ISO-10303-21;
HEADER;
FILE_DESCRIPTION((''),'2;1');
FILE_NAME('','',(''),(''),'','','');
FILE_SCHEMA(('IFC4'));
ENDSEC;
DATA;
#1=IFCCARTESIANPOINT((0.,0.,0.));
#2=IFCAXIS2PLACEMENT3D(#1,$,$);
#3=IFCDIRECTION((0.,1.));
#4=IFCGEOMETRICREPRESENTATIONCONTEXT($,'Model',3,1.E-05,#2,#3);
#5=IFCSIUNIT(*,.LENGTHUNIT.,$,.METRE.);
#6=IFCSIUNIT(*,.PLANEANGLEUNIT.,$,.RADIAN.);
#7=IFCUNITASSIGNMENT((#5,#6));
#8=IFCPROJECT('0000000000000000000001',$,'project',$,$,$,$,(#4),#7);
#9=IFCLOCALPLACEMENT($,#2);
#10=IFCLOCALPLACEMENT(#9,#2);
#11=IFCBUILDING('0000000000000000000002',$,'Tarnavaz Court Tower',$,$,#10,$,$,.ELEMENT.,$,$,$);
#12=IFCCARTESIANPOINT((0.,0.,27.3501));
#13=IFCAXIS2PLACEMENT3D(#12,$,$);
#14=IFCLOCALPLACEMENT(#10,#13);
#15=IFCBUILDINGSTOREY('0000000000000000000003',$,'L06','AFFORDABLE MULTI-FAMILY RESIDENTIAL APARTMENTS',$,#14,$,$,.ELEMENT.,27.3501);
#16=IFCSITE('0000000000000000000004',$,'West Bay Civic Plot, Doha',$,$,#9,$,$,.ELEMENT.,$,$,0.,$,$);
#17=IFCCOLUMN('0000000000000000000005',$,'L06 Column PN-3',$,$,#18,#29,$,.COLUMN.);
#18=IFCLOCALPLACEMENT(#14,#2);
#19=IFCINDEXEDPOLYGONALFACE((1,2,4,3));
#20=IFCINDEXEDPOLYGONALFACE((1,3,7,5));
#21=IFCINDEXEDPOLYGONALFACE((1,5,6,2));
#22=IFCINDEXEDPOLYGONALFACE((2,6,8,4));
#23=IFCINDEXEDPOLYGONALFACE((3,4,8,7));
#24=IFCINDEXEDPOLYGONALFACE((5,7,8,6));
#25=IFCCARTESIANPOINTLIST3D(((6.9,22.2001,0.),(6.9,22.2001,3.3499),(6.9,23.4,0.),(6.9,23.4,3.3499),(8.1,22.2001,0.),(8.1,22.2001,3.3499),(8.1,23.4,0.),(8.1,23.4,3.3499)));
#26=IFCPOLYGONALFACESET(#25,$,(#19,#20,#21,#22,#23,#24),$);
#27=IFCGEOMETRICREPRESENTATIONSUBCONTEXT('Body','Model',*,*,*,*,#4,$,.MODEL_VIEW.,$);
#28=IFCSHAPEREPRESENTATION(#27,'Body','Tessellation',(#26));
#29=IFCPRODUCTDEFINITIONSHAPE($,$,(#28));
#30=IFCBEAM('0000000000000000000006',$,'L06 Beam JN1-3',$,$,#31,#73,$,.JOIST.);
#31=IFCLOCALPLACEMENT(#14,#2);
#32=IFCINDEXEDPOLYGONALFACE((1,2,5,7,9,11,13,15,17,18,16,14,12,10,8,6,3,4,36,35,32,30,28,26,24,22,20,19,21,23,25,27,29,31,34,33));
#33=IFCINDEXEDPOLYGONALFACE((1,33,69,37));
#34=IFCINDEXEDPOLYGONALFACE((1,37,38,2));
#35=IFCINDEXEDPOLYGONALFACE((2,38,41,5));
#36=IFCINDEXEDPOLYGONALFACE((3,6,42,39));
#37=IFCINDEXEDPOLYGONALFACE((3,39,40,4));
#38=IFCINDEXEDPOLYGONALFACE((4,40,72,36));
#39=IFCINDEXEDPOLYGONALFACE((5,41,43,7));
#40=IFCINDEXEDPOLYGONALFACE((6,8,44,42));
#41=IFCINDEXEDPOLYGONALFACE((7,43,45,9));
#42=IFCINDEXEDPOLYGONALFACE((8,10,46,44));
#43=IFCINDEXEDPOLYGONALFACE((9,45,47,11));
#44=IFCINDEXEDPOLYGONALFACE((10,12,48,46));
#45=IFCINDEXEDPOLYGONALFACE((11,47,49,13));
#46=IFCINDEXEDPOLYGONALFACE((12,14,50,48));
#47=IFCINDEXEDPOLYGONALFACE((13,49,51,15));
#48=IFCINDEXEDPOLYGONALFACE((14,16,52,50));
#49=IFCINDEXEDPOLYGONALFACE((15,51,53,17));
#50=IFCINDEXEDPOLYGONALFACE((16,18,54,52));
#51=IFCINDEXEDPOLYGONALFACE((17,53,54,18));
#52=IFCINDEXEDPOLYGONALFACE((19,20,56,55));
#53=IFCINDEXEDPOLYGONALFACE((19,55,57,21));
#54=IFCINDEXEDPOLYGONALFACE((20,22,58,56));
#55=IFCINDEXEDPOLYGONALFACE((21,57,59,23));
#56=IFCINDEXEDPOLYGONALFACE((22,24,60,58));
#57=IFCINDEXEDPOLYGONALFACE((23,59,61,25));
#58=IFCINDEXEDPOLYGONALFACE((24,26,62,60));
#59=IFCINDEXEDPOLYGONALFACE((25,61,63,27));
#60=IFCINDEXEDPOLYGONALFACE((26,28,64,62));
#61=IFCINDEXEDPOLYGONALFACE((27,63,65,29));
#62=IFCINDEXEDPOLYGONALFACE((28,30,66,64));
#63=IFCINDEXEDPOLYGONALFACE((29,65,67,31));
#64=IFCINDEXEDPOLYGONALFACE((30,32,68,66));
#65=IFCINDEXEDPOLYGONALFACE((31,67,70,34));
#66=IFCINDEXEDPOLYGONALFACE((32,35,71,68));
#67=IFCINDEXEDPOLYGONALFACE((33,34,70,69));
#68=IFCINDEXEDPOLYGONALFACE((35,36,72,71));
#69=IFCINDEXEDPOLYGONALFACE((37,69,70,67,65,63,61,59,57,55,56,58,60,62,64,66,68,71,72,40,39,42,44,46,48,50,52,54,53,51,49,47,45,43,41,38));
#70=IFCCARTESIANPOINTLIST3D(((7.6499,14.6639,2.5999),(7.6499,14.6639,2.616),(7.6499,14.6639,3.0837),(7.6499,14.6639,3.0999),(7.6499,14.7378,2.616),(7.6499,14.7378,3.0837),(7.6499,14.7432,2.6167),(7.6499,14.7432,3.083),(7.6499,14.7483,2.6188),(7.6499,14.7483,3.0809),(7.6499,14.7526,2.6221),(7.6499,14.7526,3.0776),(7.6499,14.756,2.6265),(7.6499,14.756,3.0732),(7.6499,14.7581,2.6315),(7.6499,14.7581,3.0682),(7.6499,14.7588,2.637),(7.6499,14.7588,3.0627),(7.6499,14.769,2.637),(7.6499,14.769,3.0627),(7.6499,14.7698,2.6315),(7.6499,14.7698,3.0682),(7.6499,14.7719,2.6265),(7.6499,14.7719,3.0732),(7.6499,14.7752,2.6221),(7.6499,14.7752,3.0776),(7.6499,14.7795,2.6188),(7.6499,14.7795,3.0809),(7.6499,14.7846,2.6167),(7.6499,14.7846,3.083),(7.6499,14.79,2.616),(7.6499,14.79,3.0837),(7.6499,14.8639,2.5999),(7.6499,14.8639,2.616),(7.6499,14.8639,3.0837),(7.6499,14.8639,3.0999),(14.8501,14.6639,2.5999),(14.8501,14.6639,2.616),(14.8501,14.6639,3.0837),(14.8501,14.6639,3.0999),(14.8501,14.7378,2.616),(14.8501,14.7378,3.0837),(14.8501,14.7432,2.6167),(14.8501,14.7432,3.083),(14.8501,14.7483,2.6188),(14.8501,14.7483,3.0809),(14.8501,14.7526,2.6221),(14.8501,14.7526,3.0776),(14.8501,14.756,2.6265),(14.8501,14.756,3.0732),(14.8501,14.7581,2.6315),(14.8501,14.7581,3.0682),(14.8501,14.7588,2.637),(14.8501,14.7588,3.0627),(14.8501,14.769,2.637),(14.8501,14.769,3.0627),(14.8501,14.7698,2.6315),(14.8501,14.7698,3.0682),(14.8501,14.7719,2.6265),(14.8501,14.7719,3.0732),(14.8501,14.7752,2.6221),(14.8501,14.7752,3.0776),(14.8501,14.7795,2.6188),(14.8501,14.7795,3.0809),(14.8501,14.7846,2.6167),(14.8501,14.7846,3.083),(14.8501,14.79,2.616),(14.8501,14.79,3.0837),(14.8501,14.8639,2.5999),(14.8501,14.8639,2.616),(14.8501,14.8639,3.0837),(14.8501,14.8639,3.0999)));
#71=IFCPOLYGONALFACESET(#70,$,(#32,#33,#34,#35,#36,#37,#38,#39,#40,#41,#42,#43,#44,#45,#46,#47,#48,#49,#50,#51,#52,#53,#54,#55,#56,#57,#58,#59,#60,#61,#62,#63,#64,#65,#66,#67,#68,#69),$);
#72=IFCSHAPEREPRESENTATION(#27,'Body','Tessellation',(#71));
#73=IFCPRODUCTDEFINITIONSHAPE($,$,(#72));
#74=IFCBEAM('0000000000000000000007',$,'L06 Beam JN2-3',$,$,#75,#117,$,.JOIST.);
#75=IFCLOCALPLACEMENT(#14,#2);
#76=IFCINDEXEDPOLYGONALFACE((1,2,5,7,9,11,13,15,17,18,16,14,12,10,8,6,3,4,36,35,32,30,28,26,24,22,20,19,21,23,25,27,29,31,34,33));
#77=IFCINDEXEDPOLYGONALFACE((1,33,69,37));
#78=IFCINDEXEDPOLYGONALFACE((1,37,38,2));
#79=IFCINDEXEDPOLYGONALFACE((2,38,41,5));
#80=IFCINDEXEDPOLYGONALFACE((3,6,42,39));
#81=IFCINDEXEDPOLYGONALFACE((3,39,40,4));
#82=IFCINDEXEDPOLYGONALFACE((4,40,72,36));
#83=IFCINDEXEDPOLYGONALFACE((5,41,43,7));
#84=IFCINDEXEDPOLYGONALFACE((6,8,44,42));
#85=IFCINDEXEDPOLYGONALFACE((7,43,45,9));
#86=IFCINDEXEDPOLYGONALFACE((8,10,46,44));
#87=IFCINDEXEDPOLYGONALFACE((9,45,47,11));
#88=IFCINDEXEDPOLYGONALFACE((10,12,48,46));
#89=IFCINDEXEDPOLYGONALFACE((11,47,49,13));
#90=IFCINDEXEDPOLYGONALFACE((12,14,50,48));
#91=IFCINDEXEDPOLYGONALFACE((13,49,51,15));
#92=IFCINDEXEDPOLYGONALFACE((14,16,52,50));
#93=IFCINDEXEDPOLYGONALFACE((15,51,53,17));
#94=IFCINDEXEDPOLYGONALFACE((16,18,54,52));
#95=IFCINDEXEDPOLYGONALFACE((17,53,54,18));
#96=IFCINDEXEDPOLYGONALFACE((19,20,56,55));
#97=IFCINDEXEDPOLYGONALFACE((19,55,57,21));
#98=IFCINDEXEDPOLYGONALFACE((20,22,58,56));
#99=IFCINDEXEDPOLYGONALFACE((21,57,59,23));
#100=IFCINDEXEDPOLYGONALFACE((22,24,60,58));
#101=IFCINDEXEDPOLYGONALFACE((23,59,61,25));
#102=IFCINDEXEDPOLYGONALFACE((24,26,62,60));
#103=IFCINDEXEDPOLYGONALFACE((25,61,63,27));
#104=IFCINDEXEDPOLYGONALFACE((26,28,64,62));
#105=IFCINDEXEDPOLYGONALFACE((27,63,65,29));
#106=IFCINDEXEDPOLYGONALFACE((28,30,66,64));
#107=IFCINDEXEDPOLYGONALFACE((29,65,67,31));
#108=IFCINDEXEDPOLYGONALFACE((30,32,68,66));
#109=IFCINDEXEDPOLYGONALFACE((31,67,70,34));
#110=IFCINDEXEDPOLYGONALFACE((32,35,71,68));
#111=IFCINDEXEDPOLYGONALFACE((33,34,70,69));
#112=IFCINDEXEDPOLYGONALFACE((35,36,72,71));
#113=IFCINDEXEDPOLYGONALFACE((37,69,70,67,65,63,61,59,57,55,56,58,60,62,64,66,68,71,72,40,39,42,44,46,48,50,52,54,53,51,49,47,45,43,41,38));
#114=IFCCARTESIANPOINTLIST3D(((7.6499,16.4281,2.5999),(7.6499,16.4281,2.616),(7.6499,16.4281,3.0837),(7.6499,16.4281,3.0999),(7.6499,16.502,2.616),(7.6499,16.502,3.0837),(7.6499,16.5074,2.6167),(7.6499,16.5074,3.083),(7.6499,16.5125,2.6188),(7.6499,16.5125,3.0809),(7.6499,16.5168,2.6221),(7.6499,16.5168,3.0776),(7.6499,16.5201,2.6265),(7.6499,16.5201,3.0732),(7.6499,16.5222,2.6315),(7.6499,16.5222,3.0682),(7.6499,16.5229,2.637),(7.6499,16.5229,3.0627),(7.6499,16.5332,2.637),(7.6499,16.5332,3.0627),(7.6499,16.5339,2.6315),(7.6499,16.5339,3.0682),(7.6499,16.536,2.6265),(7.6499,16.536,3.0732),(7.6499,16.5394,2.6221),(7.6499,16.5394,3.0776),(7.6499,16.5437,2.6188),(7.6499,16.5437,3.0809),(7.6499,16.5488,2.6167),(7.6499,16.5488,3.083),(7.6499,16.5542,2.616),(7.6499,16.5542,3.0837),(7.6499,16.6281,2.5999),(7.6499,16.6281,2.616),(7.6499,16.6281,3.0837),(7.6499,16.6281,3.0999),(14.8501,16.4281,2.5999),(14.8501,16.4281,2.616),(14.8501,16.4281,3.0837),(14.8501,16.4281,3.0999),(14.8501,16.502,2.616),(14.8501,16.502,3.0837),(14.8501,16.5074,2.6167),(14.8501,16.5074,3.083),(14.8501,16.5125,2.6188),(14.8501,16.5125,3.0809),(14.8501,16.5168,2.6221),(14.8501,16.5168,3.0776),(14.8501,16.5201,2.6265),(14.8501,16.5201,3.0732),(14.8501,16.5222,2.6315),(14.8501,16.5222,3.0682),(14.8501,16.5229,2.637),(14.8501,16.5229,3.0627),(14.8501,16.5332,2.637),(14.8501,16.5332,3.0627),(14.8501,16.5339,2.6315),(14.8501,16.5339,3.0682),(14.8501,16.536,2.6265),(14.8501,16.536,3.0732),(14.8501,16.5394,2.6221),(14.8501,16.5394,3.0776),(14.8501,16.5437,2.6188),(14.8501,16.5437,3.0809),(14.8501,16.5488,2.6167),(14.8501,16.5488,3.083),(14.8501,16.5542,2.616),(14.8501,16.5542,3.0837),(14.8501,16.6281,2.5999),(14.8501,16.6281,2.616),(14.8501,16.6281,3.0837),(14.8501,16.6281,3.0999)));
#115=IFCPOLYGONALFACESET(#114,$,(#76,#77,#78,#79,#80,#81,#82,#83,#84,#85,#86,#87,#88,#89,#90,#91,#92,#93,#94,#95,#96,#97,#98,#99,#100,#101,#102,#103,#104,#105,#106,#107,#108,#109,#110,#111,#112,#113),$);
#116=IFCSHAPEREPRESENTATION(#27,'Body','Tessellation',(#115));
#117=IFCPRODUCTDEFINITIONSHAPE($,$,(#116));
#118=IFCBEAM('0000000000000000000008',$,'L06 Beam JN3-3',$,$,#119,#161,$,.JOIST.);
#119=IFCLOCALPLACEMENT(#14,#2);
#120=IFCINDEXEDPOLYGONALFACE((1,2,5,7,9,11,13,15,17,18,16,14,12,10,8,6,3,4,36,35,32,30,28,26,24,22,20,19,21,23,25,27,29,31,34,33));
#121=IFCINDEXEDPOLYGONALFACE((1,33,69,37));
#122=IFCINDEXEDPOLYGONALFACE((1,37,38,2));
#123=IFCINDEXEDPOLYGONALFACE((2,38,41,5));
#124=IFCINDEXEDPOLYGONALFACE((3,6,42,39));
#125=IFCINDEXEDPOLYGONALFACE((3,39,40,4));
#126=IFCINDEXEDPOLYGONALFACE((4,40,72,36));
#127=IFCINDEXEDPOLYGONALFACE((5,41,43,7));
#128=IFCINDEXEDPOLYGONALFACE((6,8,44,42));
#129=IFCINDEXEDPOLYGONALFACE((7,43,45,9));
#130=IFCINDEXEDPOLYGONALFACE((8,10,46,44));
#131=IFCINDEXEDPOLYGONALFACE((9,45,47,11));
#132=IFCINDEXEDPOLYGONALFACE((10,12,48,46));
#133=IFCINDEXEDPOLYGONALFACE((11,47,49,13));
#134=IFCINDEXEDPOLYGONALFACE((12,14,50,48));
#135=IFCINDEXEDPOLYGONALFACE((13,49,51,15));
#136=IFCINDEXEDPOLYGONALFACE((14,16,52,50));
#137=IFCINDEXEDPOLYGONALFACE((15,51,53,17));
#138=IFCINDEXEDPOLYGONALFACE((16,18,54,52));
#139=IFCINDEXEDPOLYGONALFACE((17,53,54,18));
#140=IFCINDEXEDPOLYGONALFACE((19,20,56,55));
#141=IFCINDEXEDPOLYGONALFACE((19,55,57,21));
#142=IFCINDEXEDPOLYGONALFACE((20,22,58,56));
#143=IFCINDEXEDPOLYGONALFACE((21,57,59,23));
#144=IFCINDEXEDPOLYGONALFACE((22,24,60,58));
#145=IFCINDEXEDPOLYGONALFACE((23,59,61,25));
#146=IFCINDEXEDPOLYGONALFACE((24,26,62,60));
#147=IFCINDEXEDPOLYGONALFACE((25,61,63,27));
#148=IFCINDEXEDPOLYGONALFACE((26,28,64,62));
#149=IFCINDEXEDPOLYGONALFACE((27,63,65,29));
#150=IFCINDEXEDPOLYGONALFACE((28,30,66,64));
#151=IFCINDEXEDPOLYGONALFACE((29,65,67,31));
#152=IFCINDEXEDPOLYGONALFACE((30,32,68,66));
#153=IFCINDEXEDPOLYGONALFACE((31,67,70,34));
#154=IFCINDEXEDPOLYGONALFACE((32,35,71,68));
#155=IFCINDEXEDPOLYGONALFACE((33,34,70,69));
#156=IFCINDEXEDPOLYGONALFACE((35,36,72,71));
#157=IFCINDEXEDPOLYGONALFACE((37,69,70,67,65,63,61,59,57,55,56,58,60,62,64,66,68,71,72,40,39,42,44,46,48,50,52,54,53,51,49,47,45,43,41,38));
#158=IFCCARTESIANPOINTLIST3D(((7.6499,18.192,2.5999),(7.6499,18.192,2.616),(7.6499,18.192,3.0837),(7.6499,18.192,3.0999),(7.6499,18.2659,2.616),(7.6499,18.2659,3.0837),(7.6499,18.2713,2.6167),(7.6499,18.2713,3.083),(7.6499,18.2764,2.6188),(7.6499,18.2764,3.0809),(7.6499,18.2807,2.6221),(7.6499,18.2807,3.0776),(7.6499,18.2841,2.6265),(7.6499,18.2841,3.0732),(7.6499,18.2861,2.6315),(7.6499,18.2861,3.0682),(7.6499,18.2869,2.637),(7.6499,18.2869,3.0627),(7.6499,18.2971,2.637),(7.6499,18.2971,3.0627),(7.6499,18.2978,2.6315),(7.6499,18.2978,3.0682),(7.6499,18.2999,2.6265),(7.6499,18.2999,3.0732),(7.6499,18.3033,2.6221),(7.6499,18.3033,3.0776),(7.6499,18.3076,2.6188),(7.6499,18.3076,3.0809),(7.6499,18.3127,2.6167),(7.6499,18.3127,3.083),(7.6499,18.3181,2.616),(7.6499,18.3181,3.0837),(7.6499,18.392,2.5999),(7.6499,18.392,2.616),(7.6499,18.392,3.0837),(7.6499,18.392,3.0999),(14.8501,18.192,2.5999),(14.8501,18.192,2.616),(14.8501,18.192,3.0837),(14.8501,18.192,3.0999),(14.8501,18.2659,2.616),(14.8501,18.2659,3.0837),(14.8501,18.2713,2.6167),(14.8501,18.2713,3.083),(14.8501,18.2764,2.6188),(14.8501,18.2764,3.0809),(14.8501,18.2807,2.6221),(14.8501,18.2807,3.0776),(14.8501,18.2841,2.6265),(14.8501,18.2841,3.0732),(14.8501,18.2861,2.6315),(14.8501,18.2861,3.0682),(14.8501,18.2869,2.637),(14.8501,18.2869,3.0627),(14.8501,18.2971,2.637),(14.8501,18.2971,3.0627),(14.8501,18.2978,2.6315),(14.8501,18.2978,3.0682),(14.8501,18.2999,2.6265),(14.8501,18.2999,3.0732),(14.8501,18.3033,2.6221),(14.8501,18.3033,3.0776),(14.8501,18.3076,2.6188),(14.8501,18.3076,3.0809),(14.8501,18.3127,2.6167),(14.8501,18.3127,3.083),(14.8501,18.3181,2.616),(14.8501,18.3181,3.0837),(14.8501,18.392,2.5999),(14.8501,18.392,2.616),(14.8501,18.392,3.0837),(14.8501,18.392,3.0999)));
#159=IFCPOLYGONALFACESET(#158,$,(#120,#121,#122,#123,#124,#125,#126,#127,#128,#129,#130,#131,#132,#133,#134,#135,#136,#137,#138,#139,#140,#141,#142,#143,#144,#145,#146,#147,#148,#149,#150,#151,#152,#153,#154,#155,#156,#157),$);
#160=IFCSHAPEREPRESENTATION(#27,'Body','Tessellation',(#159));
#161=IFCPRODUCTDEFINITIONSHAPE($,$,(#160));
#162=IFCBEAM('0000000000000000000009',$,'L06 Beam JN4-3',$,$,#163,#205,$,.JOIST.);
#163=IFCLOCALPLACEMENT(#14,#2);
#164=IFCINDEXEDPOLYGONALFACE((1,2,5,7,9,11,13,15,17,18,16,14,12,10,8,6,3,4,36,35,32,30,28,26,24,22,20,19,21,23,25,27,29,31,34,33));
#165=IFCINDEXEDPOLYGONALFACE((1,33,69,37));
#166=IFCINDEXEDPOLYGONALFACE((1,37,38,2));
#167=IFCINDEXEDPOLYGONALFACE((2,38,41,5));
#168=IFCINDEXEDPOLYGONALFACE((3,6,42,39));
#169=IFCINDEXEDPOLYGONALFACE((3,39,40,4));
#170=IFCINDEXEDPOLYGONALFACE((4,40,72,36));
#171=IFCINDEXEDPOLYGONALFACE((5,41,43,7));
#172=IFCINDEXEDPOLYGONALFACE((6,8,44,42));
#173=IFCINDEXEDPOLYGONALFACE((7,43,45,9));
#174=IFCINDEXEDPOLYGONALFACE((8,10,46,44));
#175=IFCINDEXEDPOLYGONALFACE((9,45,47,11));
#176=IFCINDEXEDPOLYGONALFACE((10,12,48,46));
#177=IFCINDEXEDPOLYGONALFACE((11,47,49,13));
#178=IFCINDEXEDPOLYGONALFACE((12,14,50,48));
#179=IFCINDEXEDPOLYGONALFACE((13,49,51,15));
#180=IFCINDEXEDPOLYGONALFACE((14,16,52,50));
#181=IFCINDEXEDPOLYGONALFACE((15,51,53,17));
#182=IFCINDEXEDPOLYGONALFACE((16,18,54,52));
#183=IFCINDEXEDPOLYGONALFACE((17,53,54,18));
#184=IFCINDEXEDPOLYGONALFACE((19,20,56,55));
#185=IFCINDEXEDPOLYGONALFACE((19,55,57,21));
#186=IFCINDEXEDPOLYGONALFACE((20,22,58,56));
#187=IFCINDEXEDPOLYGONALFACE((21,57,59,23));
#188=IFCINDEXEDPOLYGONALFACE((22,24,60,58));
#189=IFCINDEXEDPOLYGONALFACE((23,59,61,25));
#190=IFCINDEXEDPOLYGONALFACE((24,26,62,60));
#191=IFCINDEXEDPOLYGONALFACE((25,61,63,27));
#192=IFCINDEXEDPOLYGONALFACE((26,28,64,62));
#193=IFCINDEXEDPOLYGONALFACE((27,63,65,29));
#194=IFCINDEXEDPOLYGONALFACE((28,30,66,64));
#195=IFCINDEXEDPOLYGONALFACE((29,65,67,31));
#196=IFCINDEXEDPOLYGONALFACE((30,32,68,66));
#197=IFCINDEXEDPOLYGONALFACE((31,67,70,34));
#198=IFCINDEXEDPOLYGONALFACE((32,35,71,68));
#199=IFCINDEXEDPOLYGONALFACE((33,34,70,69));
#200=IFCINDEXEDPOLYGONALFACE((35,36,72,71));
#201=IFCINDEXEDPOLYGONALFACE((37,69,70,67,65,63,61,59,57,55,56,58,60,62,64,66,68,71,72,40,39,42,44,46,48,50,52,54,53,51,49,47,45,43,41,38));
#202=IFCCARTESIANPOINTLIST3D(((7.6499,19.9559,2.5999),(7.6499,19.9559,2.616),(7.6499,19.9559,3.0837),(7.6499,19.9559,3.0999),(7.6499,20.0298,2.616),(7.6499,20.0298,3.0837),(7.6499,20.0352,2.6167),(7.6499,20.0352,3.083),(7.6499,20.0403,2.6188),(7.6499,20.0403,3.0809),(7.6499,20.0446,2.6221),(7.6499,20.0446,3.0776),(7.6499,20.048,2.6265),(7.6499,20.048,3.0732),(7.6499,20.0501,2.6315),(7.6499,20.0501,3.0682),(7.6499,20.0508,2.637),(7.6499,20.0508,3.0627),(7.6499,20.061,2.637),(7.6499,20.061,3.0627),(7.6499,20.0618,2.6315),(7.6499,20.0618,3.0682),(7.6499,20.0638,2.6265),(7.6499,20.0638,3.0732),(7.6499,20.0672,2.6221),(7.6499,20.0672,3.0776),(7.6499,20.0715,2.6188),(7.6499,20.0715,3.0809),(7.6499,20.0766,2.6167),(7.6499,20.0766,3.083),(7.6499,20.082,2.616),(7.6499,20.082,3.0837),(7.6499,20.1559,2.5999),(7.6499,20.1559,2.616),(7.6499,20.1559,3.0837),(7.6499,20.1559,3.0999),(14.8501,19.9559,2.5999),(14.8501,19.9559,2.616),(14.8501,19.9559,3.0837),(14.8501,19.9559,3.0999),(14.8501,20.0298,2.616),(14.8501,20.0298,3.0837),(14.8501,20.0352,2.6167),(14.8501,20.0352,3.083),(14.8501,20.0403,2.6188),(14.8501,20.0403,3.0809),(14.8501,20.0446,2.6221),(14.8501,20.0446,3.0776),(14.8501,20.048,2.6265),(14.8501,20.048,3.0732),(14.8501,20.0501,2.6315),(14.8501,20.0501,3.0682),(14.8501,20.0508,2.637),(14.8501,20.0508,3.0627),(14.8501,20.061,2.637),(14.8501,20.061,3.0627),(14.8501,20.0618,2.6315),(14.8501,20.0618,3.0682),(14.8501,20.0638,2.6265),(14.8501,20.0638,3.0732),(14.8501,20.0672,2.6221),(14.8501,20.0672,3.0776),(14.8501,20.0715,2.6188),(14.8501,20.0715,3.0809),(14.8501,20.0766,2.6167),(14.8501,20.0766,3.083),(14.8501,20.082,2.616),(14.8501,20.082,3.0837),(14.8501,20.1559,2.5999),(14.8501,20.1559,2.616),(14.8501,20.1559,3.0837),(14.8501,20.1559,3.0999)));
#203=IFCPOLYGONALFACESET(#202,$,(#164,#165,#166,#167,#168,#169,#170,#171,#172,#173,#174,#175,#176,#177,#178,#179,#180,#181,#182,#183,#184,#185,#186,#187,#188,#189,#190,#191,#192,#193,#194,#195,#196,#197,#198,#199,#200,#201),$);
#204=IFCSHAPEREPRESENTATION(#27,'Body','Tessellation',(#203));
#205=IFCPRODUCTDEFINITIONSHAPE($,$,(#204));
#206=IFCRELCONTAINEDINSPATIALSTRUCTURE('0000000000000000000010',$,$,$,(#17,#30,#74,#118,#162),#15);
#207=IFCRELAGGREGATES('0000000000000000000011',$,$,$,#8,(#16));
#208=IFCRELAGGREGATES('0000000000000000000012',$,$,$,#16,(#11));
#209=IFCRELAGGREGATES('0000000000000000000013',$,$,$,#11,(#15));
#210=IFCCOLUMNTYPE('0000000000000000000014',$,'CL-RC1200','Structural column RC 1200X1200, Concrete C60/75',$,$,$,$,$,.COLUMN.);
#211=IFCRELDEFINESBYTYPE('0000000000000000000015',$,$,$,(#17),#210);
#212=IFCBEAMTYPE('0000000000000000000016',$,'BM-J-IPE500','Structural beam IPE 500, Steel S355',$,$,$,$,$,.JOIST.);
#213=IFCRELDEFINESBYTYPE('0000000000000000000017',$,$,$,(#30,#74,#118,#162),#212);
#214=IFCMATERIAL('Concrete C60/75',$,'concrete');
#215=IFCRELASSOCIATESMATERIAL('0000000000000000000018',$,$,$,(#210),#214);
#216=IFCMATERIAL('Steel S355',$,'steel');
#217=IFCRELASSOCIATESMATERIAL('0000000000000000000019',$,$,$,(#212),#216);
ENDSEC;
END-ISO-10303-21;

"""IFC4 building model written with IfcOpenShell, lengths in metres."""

from ifc_helpers import new_model, si_unit, direction, frame, origin, origin_2d, place, context, subcontext, project, spatial, rectangle, i_section, extrude, material, material_profile, profile_set, type_object, element, save


model = new_model("IFC4")

# Units and contexts
model_context = context("Model", 3, precision=1e-05, world=origin(), true_north=direction((0.0, 1.0)))
body_context = subcontext(model_context, "Body", "Model", "MODEL_VIEW")
ifc_project = project(units=[si_unit("LENGTHUNIT", "METRE"), si_unit("PLANEANGLEUNIT", "RADIAN")], contexts=[model_context])

# Site, building, storey
site_placement = place(None, origin())
site = spatial("IfcSite", under=ifc_project, at=site_placement, Name="West Bay Civic Plot, Doha", CompositionType="ELEMENT", RefElevation=0.0)
building_placement = place(site_placement, origin())
building = spatial("IfcBuilding", under=site, at=building_placement, Name="Tarnavaz Court Tower", CompositionType="ELEMENT")
storey_placement = place(building_placement, frame((0.0, 0.0, 27.3501)))
storey = spatial("IfcBuildingStorey", under=building, at=storey_placement, Name="L06", Description="AFFORDABLE MULTI-FAMILY RESIDENTIAL APARTMENTS", CompositionType="ELEMENT", Elevation=27.3501)

# Column
ifc_material_1 = material(Name="Concrete C60/75", Category="concrete")
ifc_material_profile_1 = material_profile(ifc_material_1, rectangle(XDim=1.2, YDim=1.2, at=origin_2d()), Name="RC 1200X1200")
ifc_profile_set_1 = profile_set([ifc_material_profile_1], Name="Concrete C60/75")
column_type = type_object("IfcColumnType", Name="CL-RC1200", Description="Structural column RC 1200X1200, Concrete C60/75", PredefinedType="COLUMN", material=ifc_profile_set_1)
column_placement = place(storey_placement, frame((7.5, 22.8, 0.0), z_axis=(0.0, 0.0, 1.0), x_axis=(1.0, 0.0, 0.0)))
element("IfcColumn", 1, at=column_placement, inside=storey, type_object=column_type, Name="L06 Column PN-3", PredefinedType="COLUMN", context=body_context, shape_type="SweptSolid", body=[
    extrude(rectangle(XDim=1.2, YDim=1.2, at=origin_2d()), origin(), (0.0, 0.0, 1.0), 3.3499),
])

# Beams
ifc_material_2 = material(Name="Steel S355", Category="steel")
ifc_material_profile_2 = material_profile(ifc_material_2, i_section(OverallWidth=0.2, OverallDepth=0.5, WebThickness=0.0103, FlangeThickness=0.0161, FilletRadius=0.021, at=origin_2d()), Name="IPE 500")
ifc_profile_set_2 = profile_set([ifc_material_profile_2], Name="Steel S355")
beam_type_1 = type_object("IfcBeamType", Name="BM-J-IPE500", Description="Structural beam IPE 500, Steel S355", PredefinedType="JOIST", material=ifc_profile_set_2)
for number, where, z_axis, x_axis, name in (
    (2, (7.6499, 14.7639, 2.8499), (1.0, 0.0, 0.0), (0.0, 1.0, 0.0), "L06 Beam JN1-3"),
    (3, (7.6499, 16.5281, 2.8499), (1.0, 0.0, 0.0), (0.0, 1.0, 0.0), "L06 Beam JN2-3"),
    (4, (7.6499, 18.292, 2.8499), (1.0, 0.0, 0.0), (0.0, 1.0, 0.0), "L06 Beam JN3-3"),
    (5, (7.6499, 20.0559, 2.8499), (1.0, 0.0, 0.0), (0.0, 1.0, 0.0), "L06 Beam JN4-3"),
):
    element("IfcBeam", number, at=place(storey_placement, frame(where, z_axis=z_axis, x_axis=x_axis)), inside=storey, type_object=beam_type_1, Name=name, PredefinedType="JOIST", context=body_context, shape_type="SweptSolid", body=[
        extrude(i_section(OverallWidth=0.2, OverallDepth=0.5, WebThickness=0.0103, FlangeThickness=0.0161, FilletRadius=0.021, at=origin_2d()), origin(), (0.0, 0.0, 1.0), 7.2002),
    ])

save(model, "model.ifc")
